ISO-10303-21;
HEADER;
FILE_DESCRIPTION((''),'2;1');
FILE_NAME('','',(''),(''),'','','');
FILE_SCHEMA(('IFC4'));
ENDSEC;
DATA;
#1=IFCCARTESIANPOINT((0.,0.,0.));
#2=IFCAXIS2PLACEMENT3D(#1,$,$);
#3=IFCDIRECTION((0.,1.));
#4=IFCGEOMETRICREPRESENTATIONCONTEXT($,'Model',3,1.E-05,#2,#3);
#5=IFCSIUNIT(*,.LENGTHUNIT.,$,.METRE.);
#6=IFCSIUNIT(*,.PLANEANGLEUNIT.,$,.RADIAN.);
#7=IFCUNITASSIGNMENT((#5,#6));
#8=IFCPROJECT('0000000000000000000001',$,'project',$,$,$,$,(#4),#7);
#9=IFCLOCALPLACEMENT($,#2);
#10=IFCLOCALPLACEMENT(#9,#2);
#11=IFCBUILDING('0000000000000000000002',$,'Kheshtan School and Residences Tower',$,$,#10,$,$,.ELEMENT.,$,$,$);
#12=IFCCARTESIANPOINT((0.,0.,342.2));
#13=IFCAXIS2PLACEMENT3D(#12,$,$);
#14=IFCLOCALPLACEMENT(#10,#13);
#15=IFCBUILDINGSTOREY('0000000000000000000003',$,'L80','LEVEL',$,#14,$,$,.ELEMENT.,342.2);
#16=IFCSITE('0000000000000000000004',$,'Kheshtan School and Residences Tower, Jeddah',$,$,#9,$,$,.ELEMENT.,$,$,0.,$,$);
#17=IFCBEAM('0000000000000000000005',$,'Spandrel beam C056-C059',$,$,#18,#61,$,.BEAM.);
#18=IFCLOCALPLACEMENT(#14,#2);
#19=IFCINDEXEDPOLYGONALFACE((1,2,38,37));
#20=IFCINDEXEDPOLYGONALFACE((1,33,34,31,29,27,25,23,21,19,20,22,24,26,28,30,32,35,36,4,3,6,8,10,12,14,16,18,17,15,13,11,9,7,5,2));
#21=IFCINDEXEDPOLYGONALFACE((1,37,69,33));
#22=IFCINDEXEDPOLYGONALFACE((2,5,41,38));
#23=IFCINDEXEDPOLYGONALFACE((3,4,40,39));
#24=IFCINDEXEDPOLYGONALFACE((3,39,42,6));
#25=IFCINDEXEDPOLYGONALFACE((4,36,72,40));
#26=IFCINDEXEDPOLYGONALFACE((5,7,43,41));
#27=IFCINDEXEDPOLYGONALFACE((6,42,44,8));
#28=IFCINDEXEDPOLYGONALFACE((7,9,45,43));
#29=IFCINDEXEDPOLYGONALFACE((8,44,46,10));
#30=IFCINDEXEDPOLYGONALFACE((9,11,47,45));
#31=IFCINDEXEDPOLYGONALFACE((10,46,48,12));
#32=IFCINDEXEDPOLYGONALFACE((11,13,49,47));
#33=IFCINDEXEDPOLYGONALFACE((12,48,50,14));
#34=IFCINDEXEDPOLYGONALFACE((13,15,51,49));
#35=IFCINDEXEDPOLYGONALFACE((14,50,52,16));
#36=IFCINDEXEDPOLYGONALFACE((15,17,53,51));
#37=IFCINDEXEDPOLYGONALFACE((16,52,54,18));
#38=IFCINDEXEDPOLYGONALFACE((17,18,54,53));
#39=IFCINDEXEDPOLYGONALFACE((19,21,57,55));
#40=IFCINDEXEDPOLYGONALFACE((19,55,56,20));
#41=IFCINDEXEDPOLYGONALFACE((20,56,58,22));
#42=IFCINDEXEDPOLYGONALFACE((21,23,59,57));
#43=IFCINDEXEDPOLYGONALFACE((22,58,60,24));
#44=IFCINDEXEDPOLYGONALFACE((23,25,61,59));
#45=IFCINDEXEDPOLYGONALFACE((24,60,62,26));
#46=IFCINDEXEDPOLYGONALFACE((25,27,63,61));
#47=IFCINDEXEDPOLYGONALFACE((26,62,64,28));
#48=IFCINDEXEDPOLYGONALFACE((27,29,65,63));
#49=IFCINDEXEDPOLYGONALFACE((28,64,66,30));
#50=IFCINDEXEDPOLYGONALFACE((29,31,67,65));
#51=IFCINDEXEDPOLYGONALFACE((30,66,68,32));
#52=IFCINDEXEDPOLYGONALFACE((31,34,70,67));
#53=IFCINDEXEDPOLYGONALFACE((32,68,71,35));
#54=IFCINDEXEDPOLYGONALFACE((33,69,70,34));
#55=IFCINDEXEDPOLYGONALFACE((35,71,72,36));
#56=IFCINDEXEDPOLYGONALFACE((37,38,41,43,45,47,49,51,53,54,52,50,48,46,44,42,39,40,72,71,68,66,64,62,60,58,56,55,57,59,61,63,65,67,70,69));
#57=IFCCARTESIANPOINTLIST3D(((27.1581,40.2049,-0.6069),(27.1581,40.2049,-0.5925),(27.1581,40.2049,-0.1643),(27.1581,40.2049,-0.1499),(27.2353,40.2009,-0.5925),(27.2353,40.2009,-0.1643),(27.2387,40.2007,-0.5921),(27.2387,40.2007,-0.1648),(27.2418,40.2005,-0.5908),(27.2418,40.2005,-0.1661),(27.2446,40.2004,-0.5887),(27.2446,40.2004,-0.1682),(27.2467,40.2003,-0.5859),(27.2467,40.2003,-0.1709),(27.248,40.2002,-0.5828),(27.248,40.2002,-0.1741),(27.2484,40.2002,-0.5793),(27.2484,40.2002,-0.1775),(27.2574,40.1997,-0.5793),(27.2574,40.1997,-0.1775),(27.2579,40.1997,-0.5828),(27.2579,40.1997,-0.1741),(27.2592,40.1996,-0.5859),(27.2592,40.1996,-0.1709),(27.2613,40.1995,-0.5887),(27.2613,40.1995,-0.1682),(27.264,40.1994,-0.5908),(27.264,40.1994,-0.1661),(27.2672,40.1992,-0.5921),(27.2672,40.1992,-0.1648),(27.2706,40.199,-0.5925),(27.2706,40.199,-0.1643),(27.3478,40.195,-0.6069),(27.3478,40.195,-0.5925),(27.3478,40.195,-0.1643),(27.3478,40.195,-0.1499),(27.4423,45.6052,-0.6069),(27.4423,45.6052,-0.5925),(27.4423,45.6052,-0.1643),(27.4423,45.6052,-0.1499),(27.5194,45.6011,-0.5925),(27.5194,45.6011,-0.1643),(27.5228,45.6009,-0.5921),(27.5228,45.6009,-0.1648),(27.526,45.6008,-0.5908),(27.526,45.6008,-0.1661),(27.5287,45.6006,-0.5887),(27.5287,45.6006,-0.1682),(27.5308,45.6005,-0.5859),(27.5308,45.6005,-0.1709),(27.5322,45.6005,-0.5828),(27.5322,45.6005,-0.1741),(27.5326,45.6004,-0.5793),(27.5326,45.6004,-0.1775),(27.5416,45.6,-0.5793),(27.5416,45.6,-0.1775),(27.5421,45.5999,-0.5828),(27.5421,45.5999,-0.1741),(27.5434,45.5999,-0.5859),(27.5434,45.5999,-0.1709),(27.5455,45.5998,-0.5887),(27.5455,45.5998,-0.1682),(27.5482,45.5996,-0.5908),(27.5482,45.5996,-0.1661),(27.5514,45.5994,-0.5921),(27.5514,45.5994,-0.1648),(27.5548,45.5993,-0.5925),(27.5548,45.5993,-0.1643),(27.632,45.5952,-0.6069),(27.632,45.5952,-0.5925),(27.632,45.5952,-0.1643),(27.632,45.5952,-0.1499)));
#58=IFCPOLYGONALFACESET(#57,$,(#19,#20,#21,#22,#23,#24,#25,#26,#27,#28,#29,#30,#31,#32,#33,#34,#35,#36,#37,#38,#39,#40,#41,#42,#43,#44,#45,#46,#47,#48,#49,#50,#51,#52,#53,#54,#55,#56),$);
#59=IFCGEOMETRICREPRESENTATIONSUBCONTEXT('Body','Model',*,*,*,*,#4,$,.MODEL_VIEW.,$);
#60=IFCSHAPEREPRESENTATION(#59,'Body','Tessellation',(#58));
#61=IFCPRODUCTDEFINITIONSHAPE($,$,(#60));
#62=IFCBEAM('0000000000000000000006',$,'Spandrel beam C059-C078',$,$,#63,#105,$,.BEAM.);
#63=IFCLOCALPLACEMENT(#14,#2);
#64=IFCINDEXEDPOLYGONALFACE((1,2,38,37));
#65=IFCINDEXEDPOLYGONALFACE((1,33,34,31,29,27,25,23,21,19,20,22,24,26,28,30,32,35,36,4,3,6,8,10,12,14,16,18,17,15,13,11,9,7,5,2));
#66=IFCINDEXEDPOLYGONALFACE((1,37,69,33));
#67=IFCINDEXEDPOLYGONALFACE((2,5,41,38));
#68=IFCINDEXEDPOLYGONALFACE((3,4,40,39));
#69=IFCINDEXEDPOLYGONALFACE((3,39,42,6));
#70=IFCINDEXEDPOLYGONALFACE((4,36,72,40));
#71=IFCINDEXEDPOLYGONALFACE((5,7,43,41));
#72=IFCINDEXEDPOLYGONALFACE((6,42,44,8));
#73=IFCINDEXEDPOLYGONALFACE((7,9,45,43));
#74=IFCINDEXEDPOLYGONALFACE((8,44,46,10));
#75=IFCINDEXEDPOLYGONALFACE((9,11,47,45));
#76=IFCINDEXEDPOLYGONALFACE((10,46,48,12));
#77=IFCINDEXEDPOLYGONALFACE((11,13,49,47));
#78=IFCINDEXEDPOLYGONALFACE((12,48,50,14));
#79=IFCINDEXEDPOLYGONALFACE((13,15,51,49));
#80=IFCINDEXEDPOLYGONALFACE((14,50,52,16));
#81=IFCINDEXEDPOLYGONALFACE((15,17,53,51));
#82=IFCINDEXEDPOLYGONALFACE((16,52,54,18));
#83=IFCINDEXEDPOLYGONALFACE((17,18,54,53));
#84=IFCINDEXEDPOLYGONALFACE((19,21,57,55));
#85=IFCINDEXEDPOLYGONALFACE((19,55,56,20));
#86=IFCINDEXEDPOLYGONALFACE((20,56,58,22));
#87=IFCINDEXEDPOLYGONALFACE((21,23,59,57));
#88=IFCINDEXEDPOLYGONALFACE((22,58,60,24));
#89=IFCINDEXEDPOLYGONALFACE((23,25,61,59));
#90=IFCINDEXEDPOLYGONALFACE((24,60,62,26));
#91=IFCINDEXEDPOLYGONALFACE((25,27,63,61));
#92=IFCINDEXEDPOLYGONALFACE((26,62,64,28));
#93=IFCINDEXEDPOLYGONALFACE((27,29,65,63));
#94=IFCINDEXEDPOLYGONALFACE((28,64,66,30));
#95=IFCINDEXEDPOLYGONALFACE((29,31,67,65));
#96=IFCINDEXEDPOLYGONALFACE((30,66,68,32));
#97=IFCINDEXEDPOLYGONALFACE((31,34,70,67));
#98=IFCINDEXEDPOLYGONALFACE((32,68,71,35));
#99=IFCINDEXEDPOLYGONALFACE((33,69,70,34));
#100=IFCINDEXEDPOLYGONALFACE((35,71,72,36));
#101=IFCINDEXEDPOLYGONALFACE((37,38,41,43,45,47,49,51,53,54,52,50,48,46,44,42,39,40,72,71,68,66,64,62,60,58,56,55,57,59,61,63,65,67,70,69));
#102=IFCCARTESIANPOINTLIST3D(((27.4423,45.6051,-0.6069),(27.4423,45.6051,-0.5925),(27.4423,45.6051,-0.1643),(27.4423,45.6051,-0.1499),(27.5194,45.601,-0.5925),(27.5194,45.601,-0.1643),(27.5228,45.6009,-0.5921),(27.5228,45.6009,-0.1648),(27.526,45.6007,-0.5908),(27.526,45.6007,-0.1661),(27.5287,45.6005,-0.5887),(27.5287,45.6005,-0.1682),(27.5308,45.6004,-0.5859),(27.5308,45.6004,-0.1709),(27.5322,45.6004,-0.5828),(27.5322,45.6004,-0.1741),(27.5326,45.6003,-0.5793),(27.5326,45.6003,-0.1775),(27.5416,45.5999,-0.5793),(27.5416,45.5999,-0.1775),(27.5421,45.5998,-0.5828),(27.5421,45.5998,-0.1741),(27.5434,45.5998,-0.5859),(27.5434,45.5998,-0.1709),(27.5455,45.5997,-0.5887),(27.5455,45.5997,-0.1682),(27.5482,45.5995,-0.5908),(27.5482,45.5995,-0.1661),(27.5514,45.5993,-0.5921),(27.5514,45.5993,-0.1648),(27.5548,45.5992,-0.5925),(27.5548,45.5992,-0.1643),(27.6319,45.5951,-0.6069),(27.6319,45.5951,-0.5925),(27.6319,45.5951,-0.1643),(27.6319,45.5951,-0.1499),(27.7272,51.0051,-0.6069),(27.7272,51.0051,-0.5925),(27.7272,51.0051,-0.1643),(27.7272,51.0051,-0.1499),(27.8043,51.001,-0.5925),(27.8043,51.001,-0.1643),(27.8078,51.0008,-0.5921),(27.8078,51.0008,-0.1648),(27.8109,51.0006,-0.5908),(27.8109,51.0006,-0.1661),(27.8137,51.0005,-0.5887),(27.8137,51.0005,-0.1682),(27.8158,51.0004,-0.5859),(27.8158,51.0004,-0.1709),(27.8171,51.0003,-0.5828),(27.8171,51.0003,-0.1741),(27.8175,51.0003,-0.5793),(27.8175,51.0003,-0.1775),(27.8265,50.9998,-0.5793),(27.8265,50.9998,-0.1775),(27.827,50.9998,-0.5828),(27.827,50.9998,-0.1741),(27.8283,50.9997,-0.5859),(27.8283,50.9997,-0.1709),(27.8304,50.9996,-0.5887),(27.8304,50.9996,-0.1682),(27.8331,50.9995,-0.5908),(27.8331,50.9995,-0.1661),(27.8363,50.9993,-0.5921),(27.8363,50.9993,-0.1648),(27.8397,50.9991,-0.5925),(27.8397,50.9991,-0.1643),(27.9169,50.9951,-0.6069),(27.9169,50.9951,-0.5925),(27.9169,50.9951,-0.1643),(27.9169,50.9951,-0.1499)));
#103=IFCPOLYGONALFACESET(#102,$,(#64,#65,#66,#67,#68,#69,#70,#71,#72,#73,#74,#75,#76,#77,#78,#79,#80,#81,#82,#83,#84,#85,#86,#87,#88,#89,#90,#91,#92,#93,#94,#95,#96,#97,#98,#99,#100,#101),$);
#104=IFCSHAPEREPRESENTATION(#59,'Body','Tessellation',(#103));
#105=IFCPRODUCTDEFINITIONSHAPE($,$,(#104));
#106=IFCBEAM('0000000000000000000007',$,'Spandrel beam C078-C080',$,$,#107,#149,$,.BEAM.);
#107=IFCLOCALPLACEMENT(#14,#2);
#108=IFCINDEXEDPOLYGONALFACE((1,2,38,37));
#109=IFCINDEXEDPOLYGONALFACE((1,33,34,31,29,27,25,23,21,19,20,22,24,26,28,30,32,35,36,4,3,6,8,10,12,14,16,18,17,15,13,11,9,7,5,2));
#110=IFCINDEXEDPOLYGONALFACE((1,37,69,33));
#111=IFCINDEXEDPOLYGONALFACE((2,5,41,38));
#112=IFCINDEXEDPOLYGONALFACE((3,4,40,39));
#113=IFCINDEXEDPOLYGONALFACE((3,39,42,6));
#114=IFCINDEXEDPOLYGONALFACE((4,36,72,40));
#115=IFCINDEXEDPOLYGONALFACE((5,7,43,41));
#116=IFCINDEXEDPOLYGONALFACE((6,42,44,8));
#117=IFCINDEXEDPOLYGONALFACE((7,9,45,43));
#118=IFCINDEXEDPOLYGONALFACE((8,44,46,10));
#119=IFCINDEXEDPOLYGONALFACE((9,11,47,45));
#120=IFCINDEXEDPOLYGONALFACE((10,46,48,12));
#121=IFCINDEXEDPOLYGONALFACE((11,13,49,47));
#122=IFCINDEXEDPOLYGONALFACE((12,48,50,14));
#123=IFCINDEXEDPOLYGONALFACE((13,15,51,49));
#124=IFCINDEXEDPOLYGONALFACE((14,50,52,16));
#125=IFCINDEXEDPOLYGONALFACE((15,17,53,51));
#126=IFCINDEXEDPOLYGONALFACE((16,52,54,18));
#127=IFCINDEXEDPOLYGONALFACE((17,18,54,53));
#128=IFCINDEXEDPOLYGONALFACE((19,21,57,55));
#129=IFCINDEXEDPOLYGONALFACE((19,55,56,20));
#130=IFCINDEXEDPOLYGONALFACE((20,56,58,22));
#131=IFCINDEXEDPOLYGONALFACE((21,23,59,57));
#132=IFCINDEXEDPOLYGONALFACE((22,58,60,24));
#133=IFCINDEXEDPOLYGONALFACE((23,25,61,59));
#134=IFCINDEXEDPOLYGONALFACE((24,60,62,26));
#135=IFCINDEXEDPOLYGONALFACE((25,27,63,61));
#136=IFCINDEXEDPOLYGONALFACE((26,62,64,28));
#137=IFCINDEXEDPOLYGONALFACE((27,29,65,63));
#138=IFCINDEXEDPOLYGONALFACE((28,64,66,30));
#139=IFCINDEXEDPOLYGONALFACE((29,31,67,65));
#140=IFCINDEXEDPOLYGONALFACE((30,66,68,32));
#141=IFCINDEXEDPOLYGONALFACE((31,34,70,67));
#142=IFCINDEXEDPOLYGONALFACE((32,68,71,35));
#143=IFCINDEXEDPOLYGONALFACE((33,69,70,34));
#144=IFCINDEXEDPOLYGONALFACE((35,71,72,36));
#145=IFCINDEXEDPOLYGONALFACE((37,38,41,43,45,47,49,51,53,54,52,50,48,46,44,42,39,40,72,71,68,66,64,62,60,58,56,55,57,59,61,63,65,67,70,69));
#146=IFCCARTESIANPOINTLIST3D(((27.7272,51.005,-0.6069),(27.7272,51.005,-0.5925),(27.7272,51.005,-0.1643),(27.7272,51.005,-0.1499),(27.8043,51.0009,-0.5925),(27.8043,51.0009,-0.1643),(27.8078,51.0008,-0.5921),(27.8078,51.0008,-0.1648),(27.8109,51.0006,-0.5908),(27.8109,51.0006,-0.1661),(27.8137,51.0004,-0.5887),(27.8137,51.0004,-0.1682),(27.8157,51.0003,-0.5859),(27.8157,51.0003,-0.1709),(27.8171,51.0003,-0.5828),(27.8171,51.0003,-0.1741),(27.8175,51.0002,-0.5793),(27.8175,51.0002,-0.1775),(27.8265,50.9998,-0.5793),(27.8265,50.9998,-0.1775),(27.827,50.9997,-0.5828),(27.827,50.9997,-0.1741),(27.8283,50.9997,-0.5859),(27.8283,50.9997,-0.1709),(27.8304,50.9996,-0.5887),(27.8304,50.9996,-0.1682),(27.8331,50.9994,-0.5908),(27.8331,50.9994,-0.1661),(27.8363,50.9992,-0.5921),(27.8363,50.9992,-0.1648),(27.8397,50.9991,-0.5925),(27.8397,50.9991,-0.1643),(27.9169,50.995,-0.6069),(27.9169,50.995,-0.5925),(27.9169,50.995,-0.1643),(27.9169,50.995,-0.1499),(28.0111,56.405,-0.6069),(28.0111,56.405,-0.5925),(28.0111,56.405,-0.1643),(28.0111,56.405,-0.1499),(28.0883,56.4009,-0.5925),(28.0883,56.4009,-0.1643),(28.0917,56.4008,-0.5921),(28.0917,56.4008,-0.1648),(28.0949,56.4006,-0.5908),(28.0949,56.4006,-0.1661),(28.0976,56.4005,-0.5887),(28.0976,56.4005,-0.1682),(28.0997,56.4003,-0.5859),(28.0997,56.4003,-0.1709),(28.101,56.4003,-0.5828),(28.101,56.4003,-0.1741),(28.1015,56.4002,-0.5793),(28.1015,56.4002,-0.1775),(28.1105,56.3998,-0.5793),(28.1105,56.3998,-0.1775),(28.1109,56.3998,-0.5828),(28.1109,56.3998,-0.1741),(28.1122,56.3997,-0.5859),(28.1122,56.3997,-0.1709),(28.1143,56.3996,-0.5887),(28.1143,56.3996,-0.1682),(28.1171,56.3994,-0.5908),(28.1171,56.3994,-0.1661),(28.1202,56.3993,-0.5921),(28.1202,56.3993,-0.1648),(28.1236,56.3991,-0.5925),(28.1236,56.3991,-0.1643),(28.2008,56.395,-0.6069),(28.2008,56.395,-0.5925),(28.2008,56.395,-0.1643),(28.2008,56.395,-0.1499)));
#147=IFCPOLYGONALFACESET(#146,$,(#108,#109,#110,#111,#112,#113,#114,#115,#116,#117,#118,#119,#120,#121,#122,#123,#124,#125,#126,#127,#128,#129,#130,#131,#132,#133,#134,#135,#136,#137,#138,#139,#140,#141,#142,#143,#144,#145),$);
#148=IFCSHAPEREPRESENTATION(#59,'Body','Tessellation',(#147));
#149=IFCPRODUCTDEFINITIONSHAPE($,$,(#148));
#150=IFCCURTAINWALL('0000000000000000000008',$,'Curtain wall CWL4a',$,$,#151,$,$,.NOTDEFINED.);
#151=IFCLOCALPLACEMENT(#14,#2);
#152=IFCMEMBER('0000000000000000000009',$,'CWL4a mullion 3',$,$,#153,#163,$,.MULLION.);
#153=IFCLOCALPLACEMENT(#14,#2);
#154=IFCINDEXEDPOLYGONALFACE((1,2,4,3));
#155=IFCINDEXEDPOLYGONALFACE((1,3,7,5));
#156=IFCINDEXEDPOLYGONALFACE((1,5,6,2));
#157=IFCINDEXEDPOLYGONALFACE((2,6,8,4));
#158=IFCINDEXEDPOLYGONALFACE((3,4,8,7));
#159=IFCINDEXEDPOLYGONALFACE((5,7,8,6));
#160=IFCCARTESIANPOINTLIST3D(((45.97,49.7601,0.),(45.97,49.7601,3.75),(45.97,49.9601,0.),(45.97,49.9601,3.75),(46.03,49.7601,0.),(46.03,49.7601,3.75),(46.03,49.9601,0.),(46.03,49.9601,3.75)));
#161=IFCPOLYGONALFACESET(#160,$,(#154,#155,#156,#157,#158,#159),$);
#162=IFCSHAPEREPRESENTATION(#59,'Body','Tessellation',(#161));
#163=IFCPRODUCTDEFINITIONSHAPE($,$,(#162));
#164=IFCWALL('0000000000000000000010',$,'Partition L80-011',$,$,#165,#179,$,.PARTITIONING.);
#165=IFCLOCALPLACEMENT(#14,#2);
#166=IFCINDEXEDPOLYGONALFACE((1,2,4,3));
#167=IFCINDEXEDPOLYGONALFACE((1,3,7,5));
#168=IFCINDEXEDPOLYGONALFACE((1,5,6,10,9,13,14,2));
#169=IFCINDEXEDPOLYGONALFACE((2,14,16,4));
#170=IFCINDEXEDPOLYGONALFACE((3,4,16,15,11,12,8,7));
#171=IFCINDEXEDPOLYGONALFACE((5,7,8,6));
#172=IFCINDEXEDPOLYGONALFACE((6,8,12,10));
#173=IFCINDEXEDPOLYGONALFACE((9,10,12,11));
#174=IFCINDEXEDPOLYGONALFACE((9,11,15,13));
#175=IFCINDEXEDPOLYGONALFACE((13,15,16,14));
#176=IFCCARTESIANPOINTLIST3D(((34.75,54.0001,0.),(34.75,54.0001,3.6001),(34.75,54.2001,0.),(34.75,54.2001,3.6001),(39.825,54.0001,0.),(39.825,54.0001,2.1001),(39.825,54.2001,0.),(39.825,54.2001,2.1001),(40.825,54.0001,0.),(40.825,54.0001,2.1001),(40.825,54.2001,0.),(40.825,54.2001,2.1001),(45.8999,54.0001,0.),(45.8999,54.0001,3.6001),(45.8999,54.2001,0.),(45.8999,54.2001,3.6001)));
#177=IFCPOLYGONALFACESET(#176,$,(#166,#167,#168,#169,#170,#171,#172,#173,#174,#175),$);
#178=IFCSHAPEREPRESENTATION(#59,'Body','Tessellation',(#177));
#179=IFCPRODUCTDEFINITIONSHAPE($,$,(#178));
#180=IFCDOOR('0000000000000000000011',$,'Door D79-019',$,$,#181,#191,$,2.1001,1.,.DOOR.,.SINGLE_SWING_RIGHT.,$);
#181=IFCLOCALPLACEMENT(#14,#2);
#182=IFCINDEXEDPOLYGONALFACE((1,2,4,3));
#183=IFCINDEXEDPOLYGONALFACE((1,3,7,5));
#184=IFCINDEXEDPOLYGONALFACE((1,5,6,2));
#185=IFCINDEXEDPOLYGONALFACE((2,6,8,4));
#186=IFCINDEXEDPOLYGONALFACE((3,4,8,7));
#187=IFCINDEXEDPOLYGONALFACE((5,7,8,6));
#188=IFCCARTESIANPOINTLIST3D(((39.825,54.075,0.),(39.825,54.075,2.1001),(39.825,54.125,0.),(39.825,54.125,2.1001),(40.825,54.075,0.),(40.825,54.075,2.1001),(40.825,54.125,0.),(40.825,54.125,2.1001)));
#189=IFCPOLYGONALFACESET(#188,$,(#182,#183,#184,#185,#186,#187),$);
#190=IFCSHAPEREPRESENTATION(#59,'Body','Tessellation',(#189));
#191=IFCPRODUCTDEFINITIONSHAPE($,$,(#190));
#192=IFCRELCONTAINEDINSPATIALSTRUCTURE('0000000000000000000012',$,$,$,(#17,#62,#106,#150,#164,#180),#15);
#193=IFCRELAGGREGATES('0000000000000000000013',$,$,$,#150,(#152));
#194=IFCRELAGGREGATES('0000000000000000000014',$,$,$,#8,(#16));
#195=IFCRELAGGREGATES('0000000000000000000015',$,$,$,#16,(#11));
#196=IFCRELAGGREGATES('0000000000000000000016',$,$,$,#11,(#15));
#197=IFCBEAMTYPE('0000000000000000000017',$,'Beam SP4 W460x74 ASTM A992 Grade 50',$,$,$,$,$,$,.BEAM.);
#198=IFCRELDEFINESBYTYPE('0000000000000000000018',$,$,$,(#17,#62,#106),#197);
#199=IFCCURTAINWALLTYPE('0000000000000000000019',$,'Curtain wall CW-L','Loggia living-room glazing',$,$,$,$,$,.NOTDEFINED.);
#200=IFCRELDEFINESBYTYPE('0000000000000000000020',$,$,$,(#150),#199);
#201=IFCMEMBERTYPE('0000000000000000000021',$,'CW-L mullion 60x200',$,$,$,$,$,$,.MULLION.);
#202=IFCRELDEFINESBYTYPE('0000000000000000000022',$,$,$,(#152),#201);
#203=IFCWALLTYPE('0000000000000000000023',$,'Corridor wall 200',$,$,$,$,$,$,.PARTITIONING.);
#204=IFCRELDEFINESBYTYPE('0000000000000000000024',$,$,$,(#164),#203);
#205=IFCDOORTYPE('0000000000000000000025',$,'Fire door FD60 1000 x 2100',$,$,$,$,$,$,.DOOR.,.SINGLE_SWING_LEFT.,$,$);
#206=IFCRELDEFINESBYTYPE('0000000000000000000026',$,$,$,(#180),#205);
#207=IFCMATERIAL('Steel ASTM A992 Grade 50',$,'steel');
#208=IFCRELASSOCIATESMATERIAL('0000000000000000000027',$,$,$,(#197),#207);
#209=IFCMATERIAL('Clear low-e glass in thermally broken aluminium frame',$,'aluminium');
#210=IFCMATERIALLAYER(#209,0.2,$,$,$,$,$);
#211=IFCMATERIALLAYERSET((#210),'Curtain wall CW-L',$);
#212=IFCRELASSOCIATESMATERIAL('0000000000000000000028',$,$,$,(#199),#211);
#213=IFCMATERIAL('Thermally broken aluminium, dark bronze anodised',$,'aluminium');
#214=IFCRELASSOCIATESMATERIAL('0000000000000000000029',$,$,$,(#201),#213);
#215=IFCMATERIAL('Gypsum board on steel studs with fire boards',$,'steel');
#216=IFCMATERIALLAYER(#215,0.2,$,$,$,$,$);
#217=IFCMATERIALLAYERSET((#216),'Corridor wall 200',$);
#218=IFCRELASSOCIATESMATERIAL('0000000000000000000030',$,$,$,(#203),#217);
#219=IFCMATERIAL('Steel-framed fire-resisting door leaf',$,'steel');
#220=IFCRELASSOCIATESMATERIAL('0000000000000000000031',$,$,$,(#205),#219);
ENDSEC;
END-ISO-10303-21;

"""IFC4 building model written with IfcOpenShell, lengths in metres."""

from ifc_helpers import new_model, si_unit, direction, frame, frame_2d, origin, origin_2d, place, context, subcontext, project, spatial, rectangle, i_section, extrude, source, transform, mapped, material, layer, layer_set, material_profile, profile_set, type_object, element, fill, aggregate, save


model = new_model("IFC4")

# Units and contexts
model_context = context("Model", 3, precision=1e-05, world=origin(), true_north=direction((0.0, 1.0)))
body_context = subcontext(model_context, "Body", "Model", "MODEL_VIEW")
ifc_project = project(units=[si_unit("LENGTHUNIT", "METRE"), si_unit("PLANEANGLEUNIT", "RADIAN")], contexts=[model_context])

# Site, building, storey
site_placement = place(None, origin())
site = spatial("IfcSite", under=ifc_project, at=site_placement, Name="Kheshtan School and Residences Tower, Jeddah", CompositionType="ELEMENT", RefElevation=0.0)
building_placement = place(site_placement, origin())
building = spatial("IfcBuilding", under=site, at=building_placement, Name="Kheshtan School and Residences Tower", CompositionType="ELEMENT")
storey_placement = place(building_placement, frame((0.0, 0.0, 342.2)))
storey = spatial("IfcBuildingStorey", under=building, at=storey_placement, Name="L80", Description="LEVEL", CompositionType="ELEMENT", Elevation=342.2)

# Shared definitions
ifc_material_1 = material(Name="Steel ASTM A992 Grade 50", Category="steel")

# Beams
ifc_material_profile_1 = material_profile(ifc_material_1, i_section(OverallWidth=0.1899, OverallDepth=0.457, WebThickness=0.009, FlangeThickness=0.0144, FilletRadius=0.0132, at=origin_2d()), Name="W460x74")
ifc_profile_set_1 = profile_set([ifc_material_profile_1], Name="Steel ASTM A992 Grade 50")
beam_type_1 = type_object("IfcBeamType", Name="Beam SP4 W460x74 ASTM A992 Grade 50", PredefinedType="BEAM", material=ifc_profile_set_1)
beam_1_placement = place(storey_placement, frame((27.2529, 40.2, -0.3784), z_axis=(0.052552, 0.998618, 0.0), x_axis=(-0.998618, 0.052552, 0.0)))
element("IfcBeam", 1, at=beam_1_placement, inside=storey, type_object=beam_type_1, Name="Spandrel beam C056-C059", PredefinedType="BEAM", context=body_context, shape_type="SweptSolid", body=[
    extrude(i_section(OverallWidth=0.1899, OverallDepth=0.457, WebThickness=0.009, FlangeThickness=0.0144, FilletRadius=0.0132, at=origin_2d()), origin(), (0.0, 0.0, 1.0), 5.4077),
])
for number, where, z_axis, x_axis, name in (
    (2, (27.5371, 45.6001, -0.3784), (0.052689, 0.998611, 0.0), (-0.998611, 0.052689, 0.0), "Spandrel beam C059-C078"),
    (3, (27.822, 51.0, -0.3784), (0.052509, 0.99862, 0.0), (-0.99862, 0.052509, 0.0), "Spandrel beam C078-C080"),
):
    element("IfcBeam", number, at=place(storey_placement, frame(where, z_axis=z_axis, x_axis=x_axis)), inside=storey, type_object=beam_type_1, Name=name, PredefinedType="BEAM", context=body_context, shape_type="SweptSolid", body=[
        extrude(i_section(OverallWidth=0.1899, OverallDepth=0.457, WebThickness=0.009, FlangeThickness=0.0144, FilletRadius=0.0132, at=origin_2d()), origin(), (0.0, 0.0, 1.0), 5.4075),
    ])

# Curtain wall, member
ifc_material_2 = material(Name="Clear low-e glass in thermally broken aluminium frame", Category="aluminium")
ifc_layer_1 = layer(ifc_material_2, 0.2)
ifc_layer_set_1 = layer_set([ifc_layer_1], Name="Curtain wall CW-L")
curtain_wall_type = type_object("IfcCurtainWallType", Name="Curtain wall CW-L", Description="Loggia living-room glazing", PredefinedType="NOTDEFINED", material=ifc_layer_set_1)
curtain_wall_placement = place(storey_placement, origin())
curtain_wall = element("IfcCurtainWall", 4, at=curtain_wall_placement, inside=storey, type_object=curtain_wall_type, Name="Curtain wall CWL4a", PredefinedType="NOTDEFINED")
ifc_material_3 = material(Name="Thermally broken aluminium, dark bronze anodised", Category="aluminium")
ifc_material_profile_2 = material_profile(ifc_material_3, rectangle(XDim=0.0601, YDim=0.2, at=origin_2d()), Name="CW-L mullion 60x200")
ifc_profile_set_2 = profile_set([ifc_material_profile_2], Name="Thermally broken aluminium, dark bronze anodised")
member_type = type_object("IfcMemberType", Name="CW-L mullion 60x200", PredefinedType="MULLION", material=ifc_profile_set_2)
member_placement = place(storey_placement, frame((46.0, 49.8601, 0.0), z_axis=(0.0, 0.0, 1.0), x_axis=(1.0, 0.0, 0.0)))
member = element("IfcMember", 5, at=member_placement, type_object=member_type, Name="CWL4a mullion 3", PredefinedType="MULLION", context=body_context, shape_type="SweptSolid", body=[
    extrude(rectangle(XDim=0.0601, YDim=0.2, at=origin_2d()), origin(), (0.0, 0.0, 1.0), 3.75),
])
aggregate(curtain_wall, [member])

# Wall, opening, door
ifc_material_4 = material(Name="Gypsum board on steel studs with fire boards", Category="steel")
ifc_layer_2 = layer(ifc_material_4, 0.2)
ifc_layer_set_2 = layer_set([ifc_layer_2], Name="Corridor wall 200")
wall_type_1 = type_object("IfcWallType", Name="Corridor wall 200", PredefinedType="PARTITIONING", material=ifc_layer_set_2)
wall_1_placement = place(storey_placement, frame((34.75, 54.1001, 0.0), z_axis=(0.0, 0.0, 1.0), x_axis=(1.0, 0.0, 0.0)))
wall_1 = element("IfcWall", 6, at=wall_1_placement, inside=storey, type_object=wall_type_1, Name="Partition L80-011", PredefinedType="PARTITIONING", context=body_context, shape_type="SweptSolid", body=[
    extrude(rectangle(XDim=11.1499, YDim=0.2, at=frame_2d((5.575, 0.0))), origin(), (0.0, 0.0, 1.0), 3.6001),
])
opening_1_placement = place(wall_1_placement, frame((5.075, 0.0, 0.0)))
opening_1 = element("IfcOpeningElement", 7, at=opening_1_placement, cuts=wall_1, PredefinedType="OPENING", context=body_context, shape_type="SweptSolid", body=[
    extrude(rectangle(XDim=1.0, YDim=2.1001, at=frame_2d((0.5, 1.05))), frame((0.0, 0.1099, 0.0), z_axis=(0.0, -1.0, 0.0), x_axis=(1.0, 0.0, 0.0)), (0.0, 0.0, 1.0), 0.22),
])
ifc_material_5 = material(Name="Steel-framed fire-resisting door leaf", Category="steel")
door_type_1 = type_object("IfcDoorType", Name="Fire door FD60 1000 x 2100", OperationType="SINGLE_SWING_LEFT", PredefinedType="DOOR", material=ifc_material_5)
shared_shape_1 = source(origin(), body_context, "Body", "SweptSolid", [
    extrude(rectangle(XDim=1.0, YDim=2.1001, at=frame_2d((0.5, 1.05))), frame((0.0, 0.0249, 0.0), z_axis=(0.0, -1.0, 0.0), x_axis=(1.0, 0.0, 0.0)), (0.0, 0.0, 1.0), 0.05),
])
door_1_placement = place(opening_1_placement, origin())
door_1 = element("IfcDoor", 8, at=door_1_placement, inside=storey, type_object=door_type_1, Name="Door D79-019", OperationType="SINGLE_SWING_RIGHT", OverallHeight=2.1001, OverallWidth=1.0, PredefinedType="DOOR", context=body_context, shape_type="MappedRepresentation", body=[
    mapped(shared_shape_1, transform((0.0, 0.0, 0.0), x_axis=(1.0, 0.0, 0.0), y_axis=(0.0, 1.0, 0.0), z_axis=(0.0, 0.0, 1.0), scale=1.0)),
])
fill(opening_1, door_1)

save(model, "model.ifc")
